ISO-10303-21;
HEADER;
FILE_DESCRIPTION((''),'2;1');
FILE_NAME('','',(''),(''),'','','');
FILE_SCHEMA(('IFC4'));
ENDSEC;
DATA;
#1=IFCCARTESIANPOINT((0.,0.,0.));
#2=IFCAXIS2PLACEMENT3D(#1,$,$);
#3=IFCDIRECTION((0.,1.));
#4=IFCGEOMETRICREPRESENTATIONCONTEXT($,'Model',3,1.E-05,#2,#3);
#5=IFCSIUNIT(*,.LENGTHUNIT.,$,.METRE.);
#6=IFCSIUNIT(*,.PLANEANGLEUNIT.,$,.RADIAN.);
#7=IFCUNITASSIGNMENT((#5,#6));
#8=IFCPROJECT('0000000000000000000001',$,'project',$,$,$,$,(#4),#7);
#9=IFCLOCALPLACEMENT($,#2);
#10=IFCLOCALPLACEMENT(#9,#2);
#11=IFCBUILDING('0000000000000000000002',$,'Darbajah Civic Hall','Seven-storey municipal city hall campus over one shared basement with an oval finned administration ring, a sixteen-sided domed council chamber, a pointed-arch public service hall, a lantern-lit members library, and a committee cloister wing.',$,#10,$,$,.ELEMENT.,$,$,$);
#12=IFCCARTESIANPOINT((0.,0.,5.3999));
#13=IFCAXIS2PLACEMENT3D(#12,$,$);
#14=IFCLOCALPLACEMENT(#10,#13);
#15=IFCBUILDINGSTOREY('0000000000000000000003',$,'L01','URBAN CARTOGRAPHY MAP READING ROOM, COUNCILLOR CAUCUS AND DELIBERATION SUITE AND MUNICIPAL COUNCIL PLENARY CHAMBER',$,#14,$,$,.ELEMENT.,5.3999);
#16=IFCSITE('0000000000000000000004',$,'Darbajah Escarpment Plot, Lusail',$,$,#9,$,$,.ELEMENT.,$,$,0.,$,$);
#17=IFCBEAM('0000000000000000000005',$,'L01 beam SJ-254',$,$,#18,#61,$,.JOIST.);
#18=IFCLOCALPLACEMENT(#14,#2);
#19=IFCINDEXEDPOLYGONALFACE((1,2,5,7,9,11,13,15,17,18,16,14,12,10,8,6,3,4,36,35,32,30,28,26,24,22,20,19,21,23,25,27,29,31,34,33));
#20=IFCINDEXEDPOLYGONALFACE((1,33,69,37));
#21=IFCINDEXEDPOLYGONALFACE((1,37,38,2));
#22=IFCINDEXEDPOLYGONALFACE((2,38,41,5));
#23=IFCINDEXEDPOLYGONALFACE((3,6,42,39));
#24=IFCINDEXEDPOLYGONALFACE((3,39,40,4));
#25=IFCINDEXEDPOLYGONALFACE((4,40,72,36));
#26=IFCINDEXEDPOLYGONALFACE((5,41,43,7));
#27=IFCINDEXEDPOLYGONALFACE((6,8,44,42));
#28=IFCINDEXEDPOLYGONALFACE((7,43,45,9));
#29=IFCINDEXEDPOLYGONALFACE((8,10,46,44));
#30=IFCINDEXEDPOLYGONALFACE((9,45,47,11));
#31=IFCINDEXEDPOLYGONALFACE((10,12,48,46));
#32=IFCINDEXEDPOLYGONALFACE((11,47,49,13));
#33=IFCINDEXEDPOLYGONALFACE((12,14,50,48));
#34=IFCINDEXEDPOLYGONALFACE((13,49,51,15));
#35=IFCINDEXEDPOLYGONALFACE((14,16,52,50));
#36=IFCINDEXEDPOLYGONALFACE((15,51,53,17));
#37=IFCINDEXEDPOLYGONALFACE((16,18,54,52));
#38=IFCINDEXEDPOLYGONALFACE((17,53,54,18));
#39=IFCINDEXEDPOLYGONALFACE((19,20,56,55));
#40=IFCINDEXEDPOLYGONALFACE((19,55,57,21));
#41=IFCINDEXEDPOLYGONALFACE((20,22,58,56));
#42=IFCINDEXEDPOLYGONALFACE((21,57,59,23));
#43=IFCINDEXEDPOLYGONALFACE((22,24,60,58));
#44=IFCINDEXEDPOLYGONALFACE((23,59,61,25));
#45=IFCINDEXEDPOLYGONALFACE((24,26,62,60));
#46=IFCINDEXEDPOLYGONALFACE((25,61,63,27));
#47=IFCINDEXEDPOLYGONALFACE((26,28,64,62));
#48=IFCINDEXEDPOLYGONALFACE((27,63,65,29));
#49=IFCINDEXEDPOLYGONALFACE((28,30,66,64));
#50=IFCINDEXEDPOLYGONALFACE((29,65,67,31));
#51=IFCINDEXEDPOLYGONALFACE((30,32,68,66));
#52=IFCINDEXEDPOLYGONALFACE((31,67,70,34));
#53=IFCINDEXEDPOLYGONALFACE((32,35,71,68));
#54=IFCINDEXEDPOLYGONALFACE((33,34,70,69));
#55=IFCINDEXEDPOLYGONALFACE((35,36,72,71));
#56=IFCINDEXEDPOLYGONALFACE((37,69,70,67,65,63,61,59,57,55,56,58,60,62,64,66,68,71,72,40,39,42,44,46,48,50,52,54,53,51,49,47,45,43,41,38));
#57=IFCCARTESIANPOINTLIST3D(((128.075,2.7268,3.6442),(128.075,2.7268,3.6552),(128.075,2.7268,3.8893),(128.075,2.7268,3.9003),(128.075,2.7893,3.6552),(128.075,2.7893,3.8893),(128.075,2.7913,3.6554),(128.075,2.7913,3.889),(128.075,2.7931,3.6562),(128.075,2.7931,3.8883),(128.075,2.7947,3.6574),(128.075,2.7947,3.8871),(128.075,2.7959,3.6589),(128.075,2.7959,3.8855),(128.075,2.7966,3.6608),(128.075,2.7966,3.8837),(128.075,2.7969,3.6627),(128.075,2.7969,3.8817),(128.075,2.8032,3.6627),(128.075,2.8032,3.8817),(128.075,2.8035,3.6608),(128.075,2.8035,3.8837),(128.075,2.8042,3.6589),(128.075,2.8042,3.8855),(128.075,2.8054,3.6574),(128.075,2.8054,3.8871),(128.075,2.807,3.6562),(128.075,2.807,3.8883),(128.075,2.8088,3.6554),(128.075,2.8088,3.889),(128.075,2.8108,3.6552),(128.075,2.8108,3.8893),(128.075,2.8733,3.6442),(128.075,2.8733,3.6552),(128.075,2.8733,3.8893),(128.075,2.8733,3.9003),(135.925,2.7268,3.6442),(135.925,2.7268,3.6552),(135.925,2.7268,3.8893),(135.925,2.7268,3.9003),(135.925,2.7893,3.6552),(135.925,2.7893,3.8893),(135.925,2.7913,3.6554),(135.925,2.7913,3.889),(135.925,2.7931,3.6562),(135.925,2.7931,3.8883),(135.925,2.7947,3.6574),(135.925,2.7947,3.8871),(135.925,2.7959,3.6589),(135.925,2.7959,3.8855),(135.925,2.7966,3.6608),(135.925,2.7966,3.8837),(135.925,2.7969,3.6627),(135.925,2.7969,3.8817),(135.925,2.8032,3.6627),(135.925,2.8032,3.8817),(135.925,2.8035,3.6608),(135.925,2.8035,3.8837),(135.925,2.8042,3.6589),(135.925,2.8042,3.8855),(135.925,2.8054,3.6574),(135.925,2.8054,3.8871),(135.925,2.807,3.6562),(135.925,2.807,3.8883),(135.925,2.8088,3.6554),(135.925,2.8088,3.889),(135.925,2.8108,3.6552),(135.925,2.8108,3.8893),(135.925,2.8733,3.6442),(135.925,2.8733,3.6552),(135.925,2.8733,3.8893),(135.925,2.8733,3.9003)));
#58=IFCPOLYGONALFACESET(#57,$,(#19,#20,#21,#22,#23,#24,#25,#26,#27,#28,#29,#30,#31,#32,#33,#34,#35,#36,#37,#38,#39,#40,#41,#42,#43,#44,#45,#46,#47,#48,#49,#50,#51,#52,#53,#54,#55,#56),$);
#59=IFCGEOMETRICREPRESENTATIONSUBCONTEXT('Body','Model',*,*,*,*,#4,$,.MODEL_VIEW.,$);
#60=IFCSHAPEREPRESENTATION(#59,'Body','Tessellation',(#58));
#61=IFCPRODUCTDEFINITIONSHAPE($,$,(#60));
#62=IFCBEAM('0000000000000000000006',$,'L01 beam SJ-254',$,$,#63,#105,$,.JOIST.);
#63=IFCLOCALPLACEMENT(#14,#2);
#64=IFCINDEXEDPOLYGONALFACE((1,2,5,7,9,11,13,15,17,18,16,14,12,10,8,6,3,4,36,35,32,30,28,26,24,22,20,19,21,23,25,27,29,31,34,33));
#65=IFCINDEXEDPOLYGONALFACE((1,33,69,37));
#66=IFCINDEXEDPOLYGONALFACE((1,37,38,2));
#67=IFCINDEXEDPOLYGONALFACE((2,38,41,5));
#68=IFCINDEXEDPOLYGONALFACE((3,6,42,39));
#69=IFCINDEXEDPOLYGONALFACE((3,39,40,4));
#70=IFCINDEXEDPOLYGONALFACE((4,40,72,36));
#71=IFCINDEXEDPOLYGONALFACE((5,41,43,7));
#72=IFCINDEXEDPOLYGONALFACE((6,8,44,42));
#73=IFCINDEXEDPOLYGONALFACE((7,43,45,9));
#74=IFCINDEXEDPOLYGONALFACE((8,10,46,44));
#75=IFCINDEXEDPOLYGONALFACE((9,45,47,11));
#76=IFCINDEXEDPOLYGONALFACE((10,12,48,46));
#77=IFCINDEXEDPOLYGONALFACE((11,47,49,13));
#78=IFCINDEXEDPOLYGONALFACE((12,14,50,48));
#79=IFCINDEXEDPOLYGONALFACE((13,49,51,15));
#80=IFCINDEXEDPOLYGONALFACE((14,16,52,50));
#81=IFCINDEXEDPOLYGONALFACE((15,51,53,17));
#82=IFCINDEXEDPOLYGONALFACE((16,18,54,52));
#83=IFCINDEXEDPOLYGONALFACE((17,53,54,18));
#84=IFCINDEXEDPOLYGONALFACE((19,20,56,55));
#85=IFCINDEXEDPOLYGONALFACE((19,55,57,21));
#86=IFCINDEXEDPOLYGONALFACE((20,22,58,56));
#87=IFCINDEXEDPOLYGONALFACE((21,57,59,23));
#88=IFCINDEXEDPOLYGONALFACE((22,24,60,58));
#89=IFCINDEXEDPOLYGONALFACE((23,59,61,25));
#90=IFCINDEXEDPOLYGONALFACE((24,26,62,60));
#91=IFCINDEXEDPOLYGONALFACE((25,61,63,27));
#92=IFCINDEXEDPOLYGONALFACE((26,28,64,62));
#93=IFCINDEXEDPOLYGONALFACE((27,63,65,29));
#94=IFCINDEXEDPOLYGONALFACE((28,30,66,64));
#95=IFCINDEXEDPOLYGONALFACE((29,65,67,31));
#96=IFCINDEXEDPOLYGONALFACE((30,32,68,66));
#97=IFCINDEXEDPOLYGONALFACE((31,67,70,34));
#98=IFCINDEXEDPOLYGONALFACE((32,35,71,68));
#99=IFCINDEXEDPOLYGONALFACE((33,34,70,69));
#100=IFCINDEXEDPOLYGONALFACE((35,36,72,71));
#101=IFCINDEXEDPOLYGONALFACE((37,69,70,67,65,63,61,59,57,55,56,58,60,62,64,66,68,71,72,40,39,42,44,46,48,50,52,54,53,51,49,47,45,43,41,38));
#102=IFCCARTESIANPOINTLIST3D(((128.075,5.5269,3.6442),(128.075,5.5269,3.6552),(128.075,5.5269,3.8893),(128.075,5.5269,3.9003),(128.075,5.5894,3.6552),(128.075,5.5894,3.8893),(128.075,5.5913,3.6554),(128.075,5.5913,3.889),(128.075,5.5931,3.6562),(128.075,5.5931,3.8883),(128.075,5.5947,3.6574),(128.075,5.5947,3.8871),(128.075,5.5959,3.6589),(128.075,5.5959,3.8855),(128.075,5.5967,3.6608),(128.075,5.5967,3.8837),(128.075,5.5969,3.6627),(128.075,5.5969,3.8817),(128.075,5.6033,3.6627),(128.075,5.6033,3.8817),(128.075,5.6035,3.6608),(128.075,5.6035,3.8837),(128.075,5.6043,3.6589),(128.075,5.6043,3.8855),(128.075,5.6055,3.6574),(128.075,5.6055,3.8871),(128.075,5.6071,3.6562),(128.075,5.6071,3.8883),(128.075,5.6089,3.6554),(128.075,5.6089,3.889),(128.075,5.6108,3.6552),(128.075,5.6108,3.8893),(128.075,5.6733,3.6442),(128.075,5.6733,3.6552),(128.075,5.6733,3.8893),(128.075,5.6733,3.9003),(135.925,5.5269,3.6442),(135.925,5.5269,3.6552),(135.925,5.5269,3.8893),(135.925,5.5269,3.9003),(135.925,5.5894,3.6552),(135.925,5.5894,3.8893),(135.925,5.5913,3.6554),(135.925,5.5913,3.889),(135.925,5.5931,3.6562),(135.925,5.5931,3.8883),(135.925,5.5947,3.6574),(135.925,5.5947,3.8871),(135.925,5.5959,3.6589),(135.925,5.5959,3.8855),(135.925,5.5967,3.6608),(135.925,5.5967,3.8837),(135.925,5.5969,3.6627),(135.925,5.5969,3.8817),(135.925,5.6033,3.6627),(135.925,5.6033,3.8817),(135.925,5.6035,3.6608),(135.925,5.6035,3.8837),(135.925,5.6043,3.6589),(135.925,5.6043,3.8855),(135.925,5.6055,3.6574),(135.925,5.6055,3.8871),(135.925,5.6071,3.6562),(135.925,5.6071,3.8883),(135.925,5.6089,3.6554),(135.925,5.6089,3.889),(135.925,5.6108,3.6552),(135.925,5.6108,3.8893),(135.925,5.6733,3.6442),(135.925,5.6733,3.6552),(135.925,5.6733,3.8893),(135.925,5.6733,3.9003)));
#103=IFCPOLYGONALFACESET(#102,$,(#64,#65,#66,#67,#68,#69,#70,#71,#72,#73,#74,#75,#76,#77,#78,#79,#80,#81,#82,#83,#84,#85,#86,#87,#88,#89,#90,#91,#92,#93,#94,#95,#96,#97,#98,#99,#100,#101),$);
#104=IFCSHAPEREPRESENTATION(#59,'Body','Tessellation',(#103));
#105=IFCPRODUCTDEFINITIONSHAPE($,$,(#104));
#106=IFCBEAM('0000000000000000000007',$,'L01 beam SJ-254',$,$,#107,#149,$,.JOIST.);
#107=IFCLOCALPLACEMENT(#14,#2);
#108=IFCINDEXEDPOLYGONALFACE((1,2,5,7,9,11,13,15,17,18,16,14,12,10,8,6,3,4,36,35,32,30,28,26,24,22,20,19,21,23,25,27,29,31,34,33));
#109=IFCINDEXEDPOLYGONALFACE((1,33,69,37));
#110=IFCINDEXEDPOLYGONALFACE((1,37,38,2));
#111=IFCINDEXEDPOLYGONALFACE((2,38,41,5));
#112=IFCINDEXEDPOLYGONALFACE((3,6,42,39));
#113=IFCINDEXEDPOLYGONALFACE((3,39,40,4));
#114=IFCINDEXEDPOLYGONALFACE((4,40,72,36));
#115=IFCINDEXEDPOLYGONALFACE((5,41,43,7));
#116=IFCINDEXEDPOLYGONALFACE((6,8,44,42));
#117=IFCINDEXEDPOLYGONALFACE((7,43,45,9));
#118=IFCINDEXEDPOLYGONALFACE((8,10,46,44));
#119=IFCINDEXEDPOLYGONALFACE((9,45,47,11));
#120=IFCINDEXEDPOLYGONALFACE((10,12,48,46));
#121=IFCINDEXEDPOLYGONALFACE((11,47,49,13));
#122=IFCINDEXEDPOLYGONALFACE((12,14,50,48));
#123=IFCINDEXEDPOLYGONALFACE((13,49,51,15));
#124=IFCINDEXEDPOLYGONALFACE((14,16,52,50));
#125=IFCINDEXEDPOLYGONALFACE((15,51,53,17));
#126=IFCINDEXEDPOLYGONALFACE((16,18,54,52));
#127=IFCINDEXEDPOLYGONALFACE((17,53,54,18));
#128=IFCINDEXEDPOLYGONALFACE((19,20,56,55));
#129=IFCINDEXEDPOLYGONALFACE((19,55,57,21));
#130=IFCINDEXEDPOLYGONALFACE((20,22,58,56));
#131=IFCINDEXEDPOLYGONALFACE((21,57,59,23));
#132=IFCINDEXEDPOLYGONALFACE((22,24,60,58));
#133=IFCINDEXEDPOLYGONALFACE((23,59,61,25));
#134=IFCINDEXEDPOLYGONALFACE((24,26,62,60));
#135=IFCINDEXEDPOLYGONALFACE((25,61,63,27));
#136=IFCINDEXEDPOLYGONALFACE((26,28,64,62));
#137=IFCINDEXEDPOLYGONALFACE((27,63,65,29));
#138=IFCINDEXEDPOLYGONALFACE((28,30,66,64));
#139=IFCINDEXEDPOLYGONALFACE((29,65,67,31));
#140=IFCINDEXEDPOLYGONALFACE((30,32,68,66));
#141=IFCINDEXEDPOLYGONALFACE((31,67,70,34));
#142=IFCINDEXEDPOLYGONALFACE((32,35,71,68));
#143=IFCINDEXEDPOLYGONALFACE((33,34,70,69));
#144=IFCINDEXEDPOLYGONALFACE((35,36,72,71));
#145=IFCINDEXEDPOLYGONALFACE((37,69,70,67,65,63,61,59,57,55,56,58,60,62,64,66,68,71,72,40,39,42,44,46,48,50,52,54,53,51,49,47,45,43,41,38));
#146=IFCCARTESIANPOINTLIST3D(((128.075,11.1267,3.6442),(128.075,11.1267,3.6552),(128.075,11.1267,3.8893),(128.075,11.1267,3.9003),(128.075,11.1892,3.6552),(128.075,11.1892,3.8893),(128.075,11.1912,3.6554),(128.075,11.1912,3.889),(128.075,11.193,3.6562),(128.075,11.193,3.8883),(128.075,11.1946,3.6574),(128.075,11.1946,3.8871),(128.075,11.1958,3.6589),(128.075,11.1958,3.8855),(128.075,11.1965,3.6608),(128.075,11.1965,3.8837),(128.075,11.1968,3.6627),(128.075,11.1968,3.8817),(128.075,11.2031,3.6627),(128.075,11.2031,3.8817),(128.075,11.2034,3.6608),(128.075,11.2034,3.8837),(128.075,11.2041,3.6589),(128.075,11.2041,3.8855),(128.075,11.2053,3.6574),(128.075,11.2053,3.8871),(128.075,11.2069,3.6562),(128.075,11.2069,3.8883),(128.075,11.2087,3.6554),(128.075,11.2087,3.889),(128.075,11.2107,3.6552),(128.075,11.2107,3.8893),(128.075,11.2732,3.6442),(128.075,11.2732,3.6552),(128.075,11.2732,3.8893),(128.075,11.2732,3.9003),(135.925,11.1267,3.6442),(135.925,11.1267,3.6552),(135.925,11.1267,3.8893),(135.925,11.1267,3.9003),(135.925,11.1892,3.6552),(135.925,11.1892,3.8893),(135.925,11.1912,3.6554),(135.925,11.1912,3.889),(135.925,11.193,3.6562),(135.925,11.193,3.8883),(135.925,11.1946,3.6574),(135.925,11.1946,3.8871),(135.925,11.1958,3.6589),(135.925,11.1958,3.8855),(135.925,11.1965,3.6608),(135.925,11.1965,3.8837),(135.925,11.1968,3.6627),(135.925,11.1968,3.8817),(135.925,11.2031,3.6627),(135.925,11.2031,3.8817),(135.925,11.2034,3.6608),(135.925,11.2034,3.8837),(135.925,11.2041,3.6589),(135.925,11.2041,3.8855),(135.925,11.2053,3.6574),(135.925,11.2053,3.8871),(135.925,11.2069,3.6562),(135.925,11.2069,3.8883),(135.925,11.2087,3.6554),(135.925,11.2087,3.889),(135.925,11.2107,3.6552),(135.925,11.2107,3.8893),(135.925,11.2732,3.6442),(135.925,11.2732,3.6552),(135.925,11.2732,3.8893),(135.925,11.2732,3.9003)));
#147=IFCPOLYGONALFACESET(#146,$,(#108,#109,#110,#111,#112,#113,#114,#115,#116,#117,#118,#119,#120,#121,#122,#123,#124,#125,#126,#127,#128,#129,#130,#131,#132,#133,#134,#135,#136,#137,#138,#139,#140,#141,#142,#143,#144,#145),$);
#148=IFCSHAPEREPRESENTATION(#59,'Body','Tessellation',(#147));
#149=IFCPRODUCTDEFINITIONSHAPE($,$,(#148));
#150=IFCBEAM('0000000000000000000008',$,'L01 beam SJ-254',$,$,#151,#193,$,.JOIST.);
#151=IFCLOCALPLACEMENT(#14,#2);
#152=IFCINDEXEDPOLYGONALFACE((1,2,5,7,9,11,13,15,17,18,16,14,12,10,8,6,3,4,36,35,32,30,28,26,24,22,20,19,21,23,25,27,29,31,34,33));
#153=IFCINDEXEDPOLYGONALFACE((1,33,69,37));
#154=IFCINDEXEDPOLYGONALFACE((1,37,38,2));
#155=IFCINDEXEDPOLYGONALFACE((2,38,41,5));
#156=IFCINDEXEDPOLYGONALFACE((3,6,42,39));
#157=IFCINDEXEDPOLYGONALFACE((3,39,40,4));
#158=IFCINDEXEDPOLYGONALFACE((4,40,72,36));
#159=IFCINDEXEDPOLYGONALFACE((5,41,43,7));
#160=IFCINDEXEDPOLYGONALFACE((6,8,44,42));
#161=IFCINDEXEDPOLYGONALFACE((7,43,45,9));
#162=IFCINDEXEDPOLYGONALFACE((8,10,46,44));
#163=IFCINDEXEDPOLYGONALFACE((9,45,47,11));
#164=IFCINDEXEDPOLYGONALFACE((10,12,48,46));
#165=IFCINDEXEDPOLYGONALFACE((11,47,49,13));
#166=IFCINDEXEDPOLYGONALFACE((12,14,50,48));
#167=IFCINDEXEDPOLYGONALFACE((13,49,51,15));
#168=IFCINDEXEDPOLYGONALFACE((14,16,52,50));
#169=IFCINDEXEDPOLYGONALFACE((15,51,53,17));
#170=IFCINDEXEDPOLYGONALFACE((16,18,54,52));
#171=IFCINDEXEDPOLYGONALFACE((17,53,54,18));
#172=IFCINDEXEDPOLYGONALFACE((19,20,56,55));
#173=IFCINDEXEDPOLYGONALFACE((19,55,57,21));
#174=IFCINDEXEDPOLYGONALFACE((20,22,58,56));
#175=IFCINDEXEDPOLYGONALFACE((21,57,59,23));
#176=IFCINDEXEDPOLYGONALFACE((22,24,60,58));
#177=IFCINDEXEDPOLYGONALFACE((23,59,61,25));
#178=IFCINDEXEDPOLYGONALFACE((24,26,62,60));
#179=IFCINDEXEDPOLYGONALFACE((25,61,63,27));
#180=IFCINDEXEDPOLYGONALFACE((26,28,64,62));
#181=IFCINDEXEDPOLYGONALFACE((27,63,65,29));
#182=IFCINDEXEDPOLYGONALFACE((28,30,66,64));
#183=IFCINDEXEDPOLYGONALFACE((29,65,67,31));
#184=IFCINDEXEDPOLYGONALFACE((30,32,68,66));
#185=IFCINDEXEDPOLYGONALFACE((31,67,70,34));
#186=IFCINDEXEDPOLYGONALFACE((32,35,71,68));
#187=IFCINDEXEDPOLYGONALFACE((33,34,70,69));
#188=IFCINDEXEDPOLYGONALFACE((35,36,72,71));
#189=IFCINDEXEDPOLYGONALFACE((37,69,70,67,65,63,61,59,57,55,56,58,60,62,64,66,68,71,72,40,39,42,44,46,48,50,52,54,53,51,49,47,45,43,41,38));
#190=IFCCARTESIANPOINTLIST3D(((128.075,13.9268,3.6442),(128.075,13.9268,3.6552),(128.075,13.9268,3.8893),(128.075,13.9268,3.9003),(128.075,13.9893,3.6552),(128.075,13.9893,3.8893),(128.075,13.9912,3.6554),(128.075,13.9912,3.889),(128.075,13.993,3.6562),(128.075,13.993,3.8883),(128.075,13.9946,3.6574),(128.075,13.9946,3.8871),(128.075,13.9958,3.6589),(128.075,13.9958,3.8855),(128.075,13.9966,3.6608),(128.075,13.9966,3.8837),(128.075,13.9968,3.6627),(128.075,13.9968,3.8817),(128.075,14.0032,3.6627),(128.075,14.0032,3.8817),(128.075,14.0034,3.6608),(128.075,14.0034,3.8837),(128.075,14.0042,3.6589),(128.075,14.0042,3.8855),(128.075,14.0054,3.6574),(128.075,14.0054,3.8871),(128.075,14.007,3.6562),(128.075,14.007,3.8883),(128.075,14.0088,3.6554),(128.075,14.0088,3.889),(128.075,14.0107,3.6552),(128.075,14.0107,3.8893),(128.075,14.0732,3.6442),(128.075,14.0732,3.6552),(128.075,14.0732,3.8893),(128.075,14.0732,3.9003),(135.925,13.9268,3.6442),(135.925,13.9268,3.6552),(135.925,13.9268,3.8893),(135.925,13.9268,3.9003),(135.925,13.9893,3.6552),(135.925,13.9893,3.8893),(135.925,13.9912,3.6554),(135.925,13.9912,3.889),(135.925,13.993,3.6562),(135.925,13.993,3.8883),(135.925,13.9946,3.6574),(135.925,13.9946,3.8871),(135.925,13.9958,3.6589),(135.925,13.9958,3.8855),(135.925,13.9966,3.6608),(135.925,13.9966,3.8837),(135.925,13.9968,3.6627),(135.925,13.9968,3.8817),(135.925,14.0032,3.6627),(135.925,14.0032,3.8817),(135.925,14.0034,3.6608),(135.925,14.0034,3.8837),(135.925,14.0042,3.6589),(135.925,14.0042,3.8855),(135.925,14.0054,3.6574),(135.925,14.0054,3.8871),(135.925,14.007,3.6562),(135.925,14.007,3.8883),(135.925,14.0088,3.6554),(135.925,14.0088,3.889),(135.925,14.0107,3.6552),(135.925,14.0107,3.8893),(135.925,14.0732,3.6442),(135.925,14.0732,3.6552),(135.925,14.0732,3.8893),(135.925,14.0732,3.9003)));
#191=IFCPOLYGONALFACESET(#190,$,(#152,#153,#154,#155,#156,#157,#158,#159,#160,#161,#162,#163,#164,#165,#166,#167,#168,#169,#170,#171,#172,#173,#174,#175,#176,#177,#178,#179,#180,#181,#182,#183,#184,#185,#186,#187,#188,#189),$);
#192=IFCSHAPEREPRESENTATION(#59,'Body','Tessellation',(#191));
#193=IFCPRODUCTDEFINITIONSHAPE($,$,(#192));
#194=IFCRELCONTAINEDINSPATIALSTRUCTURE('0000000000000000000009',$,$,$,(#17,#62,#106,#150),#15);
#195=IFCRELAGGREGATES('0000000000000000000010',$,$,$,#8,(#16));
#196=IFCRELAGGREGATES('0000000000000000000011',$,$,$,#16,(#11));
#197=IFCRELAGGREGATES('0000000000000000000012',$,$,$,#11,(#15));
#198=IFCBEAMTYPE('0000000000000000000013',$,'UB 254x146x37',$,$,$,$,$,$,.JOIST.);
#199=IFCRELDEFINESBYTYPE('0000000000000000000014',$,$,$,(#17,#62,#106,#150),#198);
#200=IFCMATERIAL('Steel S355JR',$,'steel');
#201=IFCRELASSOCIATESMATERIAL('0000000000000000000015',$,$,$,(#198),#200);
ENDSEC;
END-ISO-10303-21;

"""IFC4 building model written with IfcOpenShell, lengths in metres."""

from ifc_helpers import new_model, si_unit, direction, frame, origin, origin_2d, place, context, subcontext, project, spatial, i_section, extrude, material, material_profile, profile_set, type_object, element, save


model = new_model("IFC4")

# Units and contexts
model_context = context("Model", 3, precision=1e-05, world=origin(), true_north=direction((0.0, 1.0)))
body_context = subcontext(model_context, "Body", "Model", "MODEL_VIEW")
ifc_project = project(units=[si_unit("LENGTHUNIT", "METRE"), si_unit("PLANEANGLEUNIT", "RADIAN")], contexts=[model_context])

# Site, building, storey
site_placement = place(None, origin())
site = spatial("IfcSite", under=ifc_project, at=site_placement, Name="Darbajah Escarpment Plot, Lusail", CompositionType="ELEMENT", RefElevation=0.0)
building_placement = place(site_placement, origin())
building = spatial("IfcBuilding", under=site, at=building_placement, Name="Darbajah Civic Hall", Description="Seven-storey municipal city hall campus over one shared basement with an oval finned administration ring, a sixteen-sided domed council chamber, a pointed-arch public service hall, a lantern-lit members library, and a committee cloister wing.", CompositionType="ELEMENT")
storey_placement = place(building_placement, frame((0.0, 0.0, 5.3999)))
storey = spatial("IfcBuildingStorey", under=building, at=storey_placement, Name="L01", Description="URBAN CARTOGRAPHY MAP READING ROOM, COUNCILLOR CAUCUS AND DELIBERATION SUITE AND MUNICIPAL COUNCIL PLENARY CHAMBER", CompositionType="ELEMENT", Elevation=5.3999)

# Beams
ifc_material_1 = material(Name="Steel S355JR", Category="steel")
ifc_material_profile_1 = material_profile(ifc_material_1, i_section(OverallWidth=0.1465, OverallDepth=0.2561, WebThickness=0.0063, FlangeThickness=0.011, FilletRadius=0.0076, at=origin_2d()), Name="UB 254x146x37")
ifc_profile_set_1 = profile_set([ifc_material_profile_1], Name="Steel S355JR")
beam_type_1 = type_object("IfcBeamType", Name="UB 254x146x37", PredefinedType="JOIST", material=ifc_profile_set_1)
for number, where, z_axis, x_axis, name in (
    (1, (128.075, 2.8, 3.7722), (1.0, 0.0, 0.0), (0.0, 1.0, 0.0), "L01 beam SJ-254"),
    (2, (128.075, 5.6001, 3.7722), (1.0, 0.0, 0.0), (0.0, 1.0, 0.0), "L01 beam SJ-254"),
    (3, (128.075, 11.2, 3.7722), (1.0, 0.0, 0.0), (0.0, 1.0, 0.0), "L01 beam SJ-254"),
    (4, (128.075, 14.0, 3.7722), (1.0, 0.0, 0.0), (0.0, 1.0, 0.0), "L01 beam SJ-254"),
):
    element("IfcBeam", number, at=place(storey_placement, frame(where, z_axis=z_axis, x_axis=x_axis)), inside=storey, type_object=beam_type_1, Name=name, PredefinedType="JOIST", context=body_context, shape_type="SweptSolid", body=[
        extrude(i_section(OverallWidth=0.1465, OverallDepth=0.2561, WebThickness=0.0063, FlangeThickness=0.011, FilletRadius=0.0076, at=origin_2d()), origin(), (0.0, 0.0, 1.0), 7.8501),
    ])

save(model, "model.ifc")
